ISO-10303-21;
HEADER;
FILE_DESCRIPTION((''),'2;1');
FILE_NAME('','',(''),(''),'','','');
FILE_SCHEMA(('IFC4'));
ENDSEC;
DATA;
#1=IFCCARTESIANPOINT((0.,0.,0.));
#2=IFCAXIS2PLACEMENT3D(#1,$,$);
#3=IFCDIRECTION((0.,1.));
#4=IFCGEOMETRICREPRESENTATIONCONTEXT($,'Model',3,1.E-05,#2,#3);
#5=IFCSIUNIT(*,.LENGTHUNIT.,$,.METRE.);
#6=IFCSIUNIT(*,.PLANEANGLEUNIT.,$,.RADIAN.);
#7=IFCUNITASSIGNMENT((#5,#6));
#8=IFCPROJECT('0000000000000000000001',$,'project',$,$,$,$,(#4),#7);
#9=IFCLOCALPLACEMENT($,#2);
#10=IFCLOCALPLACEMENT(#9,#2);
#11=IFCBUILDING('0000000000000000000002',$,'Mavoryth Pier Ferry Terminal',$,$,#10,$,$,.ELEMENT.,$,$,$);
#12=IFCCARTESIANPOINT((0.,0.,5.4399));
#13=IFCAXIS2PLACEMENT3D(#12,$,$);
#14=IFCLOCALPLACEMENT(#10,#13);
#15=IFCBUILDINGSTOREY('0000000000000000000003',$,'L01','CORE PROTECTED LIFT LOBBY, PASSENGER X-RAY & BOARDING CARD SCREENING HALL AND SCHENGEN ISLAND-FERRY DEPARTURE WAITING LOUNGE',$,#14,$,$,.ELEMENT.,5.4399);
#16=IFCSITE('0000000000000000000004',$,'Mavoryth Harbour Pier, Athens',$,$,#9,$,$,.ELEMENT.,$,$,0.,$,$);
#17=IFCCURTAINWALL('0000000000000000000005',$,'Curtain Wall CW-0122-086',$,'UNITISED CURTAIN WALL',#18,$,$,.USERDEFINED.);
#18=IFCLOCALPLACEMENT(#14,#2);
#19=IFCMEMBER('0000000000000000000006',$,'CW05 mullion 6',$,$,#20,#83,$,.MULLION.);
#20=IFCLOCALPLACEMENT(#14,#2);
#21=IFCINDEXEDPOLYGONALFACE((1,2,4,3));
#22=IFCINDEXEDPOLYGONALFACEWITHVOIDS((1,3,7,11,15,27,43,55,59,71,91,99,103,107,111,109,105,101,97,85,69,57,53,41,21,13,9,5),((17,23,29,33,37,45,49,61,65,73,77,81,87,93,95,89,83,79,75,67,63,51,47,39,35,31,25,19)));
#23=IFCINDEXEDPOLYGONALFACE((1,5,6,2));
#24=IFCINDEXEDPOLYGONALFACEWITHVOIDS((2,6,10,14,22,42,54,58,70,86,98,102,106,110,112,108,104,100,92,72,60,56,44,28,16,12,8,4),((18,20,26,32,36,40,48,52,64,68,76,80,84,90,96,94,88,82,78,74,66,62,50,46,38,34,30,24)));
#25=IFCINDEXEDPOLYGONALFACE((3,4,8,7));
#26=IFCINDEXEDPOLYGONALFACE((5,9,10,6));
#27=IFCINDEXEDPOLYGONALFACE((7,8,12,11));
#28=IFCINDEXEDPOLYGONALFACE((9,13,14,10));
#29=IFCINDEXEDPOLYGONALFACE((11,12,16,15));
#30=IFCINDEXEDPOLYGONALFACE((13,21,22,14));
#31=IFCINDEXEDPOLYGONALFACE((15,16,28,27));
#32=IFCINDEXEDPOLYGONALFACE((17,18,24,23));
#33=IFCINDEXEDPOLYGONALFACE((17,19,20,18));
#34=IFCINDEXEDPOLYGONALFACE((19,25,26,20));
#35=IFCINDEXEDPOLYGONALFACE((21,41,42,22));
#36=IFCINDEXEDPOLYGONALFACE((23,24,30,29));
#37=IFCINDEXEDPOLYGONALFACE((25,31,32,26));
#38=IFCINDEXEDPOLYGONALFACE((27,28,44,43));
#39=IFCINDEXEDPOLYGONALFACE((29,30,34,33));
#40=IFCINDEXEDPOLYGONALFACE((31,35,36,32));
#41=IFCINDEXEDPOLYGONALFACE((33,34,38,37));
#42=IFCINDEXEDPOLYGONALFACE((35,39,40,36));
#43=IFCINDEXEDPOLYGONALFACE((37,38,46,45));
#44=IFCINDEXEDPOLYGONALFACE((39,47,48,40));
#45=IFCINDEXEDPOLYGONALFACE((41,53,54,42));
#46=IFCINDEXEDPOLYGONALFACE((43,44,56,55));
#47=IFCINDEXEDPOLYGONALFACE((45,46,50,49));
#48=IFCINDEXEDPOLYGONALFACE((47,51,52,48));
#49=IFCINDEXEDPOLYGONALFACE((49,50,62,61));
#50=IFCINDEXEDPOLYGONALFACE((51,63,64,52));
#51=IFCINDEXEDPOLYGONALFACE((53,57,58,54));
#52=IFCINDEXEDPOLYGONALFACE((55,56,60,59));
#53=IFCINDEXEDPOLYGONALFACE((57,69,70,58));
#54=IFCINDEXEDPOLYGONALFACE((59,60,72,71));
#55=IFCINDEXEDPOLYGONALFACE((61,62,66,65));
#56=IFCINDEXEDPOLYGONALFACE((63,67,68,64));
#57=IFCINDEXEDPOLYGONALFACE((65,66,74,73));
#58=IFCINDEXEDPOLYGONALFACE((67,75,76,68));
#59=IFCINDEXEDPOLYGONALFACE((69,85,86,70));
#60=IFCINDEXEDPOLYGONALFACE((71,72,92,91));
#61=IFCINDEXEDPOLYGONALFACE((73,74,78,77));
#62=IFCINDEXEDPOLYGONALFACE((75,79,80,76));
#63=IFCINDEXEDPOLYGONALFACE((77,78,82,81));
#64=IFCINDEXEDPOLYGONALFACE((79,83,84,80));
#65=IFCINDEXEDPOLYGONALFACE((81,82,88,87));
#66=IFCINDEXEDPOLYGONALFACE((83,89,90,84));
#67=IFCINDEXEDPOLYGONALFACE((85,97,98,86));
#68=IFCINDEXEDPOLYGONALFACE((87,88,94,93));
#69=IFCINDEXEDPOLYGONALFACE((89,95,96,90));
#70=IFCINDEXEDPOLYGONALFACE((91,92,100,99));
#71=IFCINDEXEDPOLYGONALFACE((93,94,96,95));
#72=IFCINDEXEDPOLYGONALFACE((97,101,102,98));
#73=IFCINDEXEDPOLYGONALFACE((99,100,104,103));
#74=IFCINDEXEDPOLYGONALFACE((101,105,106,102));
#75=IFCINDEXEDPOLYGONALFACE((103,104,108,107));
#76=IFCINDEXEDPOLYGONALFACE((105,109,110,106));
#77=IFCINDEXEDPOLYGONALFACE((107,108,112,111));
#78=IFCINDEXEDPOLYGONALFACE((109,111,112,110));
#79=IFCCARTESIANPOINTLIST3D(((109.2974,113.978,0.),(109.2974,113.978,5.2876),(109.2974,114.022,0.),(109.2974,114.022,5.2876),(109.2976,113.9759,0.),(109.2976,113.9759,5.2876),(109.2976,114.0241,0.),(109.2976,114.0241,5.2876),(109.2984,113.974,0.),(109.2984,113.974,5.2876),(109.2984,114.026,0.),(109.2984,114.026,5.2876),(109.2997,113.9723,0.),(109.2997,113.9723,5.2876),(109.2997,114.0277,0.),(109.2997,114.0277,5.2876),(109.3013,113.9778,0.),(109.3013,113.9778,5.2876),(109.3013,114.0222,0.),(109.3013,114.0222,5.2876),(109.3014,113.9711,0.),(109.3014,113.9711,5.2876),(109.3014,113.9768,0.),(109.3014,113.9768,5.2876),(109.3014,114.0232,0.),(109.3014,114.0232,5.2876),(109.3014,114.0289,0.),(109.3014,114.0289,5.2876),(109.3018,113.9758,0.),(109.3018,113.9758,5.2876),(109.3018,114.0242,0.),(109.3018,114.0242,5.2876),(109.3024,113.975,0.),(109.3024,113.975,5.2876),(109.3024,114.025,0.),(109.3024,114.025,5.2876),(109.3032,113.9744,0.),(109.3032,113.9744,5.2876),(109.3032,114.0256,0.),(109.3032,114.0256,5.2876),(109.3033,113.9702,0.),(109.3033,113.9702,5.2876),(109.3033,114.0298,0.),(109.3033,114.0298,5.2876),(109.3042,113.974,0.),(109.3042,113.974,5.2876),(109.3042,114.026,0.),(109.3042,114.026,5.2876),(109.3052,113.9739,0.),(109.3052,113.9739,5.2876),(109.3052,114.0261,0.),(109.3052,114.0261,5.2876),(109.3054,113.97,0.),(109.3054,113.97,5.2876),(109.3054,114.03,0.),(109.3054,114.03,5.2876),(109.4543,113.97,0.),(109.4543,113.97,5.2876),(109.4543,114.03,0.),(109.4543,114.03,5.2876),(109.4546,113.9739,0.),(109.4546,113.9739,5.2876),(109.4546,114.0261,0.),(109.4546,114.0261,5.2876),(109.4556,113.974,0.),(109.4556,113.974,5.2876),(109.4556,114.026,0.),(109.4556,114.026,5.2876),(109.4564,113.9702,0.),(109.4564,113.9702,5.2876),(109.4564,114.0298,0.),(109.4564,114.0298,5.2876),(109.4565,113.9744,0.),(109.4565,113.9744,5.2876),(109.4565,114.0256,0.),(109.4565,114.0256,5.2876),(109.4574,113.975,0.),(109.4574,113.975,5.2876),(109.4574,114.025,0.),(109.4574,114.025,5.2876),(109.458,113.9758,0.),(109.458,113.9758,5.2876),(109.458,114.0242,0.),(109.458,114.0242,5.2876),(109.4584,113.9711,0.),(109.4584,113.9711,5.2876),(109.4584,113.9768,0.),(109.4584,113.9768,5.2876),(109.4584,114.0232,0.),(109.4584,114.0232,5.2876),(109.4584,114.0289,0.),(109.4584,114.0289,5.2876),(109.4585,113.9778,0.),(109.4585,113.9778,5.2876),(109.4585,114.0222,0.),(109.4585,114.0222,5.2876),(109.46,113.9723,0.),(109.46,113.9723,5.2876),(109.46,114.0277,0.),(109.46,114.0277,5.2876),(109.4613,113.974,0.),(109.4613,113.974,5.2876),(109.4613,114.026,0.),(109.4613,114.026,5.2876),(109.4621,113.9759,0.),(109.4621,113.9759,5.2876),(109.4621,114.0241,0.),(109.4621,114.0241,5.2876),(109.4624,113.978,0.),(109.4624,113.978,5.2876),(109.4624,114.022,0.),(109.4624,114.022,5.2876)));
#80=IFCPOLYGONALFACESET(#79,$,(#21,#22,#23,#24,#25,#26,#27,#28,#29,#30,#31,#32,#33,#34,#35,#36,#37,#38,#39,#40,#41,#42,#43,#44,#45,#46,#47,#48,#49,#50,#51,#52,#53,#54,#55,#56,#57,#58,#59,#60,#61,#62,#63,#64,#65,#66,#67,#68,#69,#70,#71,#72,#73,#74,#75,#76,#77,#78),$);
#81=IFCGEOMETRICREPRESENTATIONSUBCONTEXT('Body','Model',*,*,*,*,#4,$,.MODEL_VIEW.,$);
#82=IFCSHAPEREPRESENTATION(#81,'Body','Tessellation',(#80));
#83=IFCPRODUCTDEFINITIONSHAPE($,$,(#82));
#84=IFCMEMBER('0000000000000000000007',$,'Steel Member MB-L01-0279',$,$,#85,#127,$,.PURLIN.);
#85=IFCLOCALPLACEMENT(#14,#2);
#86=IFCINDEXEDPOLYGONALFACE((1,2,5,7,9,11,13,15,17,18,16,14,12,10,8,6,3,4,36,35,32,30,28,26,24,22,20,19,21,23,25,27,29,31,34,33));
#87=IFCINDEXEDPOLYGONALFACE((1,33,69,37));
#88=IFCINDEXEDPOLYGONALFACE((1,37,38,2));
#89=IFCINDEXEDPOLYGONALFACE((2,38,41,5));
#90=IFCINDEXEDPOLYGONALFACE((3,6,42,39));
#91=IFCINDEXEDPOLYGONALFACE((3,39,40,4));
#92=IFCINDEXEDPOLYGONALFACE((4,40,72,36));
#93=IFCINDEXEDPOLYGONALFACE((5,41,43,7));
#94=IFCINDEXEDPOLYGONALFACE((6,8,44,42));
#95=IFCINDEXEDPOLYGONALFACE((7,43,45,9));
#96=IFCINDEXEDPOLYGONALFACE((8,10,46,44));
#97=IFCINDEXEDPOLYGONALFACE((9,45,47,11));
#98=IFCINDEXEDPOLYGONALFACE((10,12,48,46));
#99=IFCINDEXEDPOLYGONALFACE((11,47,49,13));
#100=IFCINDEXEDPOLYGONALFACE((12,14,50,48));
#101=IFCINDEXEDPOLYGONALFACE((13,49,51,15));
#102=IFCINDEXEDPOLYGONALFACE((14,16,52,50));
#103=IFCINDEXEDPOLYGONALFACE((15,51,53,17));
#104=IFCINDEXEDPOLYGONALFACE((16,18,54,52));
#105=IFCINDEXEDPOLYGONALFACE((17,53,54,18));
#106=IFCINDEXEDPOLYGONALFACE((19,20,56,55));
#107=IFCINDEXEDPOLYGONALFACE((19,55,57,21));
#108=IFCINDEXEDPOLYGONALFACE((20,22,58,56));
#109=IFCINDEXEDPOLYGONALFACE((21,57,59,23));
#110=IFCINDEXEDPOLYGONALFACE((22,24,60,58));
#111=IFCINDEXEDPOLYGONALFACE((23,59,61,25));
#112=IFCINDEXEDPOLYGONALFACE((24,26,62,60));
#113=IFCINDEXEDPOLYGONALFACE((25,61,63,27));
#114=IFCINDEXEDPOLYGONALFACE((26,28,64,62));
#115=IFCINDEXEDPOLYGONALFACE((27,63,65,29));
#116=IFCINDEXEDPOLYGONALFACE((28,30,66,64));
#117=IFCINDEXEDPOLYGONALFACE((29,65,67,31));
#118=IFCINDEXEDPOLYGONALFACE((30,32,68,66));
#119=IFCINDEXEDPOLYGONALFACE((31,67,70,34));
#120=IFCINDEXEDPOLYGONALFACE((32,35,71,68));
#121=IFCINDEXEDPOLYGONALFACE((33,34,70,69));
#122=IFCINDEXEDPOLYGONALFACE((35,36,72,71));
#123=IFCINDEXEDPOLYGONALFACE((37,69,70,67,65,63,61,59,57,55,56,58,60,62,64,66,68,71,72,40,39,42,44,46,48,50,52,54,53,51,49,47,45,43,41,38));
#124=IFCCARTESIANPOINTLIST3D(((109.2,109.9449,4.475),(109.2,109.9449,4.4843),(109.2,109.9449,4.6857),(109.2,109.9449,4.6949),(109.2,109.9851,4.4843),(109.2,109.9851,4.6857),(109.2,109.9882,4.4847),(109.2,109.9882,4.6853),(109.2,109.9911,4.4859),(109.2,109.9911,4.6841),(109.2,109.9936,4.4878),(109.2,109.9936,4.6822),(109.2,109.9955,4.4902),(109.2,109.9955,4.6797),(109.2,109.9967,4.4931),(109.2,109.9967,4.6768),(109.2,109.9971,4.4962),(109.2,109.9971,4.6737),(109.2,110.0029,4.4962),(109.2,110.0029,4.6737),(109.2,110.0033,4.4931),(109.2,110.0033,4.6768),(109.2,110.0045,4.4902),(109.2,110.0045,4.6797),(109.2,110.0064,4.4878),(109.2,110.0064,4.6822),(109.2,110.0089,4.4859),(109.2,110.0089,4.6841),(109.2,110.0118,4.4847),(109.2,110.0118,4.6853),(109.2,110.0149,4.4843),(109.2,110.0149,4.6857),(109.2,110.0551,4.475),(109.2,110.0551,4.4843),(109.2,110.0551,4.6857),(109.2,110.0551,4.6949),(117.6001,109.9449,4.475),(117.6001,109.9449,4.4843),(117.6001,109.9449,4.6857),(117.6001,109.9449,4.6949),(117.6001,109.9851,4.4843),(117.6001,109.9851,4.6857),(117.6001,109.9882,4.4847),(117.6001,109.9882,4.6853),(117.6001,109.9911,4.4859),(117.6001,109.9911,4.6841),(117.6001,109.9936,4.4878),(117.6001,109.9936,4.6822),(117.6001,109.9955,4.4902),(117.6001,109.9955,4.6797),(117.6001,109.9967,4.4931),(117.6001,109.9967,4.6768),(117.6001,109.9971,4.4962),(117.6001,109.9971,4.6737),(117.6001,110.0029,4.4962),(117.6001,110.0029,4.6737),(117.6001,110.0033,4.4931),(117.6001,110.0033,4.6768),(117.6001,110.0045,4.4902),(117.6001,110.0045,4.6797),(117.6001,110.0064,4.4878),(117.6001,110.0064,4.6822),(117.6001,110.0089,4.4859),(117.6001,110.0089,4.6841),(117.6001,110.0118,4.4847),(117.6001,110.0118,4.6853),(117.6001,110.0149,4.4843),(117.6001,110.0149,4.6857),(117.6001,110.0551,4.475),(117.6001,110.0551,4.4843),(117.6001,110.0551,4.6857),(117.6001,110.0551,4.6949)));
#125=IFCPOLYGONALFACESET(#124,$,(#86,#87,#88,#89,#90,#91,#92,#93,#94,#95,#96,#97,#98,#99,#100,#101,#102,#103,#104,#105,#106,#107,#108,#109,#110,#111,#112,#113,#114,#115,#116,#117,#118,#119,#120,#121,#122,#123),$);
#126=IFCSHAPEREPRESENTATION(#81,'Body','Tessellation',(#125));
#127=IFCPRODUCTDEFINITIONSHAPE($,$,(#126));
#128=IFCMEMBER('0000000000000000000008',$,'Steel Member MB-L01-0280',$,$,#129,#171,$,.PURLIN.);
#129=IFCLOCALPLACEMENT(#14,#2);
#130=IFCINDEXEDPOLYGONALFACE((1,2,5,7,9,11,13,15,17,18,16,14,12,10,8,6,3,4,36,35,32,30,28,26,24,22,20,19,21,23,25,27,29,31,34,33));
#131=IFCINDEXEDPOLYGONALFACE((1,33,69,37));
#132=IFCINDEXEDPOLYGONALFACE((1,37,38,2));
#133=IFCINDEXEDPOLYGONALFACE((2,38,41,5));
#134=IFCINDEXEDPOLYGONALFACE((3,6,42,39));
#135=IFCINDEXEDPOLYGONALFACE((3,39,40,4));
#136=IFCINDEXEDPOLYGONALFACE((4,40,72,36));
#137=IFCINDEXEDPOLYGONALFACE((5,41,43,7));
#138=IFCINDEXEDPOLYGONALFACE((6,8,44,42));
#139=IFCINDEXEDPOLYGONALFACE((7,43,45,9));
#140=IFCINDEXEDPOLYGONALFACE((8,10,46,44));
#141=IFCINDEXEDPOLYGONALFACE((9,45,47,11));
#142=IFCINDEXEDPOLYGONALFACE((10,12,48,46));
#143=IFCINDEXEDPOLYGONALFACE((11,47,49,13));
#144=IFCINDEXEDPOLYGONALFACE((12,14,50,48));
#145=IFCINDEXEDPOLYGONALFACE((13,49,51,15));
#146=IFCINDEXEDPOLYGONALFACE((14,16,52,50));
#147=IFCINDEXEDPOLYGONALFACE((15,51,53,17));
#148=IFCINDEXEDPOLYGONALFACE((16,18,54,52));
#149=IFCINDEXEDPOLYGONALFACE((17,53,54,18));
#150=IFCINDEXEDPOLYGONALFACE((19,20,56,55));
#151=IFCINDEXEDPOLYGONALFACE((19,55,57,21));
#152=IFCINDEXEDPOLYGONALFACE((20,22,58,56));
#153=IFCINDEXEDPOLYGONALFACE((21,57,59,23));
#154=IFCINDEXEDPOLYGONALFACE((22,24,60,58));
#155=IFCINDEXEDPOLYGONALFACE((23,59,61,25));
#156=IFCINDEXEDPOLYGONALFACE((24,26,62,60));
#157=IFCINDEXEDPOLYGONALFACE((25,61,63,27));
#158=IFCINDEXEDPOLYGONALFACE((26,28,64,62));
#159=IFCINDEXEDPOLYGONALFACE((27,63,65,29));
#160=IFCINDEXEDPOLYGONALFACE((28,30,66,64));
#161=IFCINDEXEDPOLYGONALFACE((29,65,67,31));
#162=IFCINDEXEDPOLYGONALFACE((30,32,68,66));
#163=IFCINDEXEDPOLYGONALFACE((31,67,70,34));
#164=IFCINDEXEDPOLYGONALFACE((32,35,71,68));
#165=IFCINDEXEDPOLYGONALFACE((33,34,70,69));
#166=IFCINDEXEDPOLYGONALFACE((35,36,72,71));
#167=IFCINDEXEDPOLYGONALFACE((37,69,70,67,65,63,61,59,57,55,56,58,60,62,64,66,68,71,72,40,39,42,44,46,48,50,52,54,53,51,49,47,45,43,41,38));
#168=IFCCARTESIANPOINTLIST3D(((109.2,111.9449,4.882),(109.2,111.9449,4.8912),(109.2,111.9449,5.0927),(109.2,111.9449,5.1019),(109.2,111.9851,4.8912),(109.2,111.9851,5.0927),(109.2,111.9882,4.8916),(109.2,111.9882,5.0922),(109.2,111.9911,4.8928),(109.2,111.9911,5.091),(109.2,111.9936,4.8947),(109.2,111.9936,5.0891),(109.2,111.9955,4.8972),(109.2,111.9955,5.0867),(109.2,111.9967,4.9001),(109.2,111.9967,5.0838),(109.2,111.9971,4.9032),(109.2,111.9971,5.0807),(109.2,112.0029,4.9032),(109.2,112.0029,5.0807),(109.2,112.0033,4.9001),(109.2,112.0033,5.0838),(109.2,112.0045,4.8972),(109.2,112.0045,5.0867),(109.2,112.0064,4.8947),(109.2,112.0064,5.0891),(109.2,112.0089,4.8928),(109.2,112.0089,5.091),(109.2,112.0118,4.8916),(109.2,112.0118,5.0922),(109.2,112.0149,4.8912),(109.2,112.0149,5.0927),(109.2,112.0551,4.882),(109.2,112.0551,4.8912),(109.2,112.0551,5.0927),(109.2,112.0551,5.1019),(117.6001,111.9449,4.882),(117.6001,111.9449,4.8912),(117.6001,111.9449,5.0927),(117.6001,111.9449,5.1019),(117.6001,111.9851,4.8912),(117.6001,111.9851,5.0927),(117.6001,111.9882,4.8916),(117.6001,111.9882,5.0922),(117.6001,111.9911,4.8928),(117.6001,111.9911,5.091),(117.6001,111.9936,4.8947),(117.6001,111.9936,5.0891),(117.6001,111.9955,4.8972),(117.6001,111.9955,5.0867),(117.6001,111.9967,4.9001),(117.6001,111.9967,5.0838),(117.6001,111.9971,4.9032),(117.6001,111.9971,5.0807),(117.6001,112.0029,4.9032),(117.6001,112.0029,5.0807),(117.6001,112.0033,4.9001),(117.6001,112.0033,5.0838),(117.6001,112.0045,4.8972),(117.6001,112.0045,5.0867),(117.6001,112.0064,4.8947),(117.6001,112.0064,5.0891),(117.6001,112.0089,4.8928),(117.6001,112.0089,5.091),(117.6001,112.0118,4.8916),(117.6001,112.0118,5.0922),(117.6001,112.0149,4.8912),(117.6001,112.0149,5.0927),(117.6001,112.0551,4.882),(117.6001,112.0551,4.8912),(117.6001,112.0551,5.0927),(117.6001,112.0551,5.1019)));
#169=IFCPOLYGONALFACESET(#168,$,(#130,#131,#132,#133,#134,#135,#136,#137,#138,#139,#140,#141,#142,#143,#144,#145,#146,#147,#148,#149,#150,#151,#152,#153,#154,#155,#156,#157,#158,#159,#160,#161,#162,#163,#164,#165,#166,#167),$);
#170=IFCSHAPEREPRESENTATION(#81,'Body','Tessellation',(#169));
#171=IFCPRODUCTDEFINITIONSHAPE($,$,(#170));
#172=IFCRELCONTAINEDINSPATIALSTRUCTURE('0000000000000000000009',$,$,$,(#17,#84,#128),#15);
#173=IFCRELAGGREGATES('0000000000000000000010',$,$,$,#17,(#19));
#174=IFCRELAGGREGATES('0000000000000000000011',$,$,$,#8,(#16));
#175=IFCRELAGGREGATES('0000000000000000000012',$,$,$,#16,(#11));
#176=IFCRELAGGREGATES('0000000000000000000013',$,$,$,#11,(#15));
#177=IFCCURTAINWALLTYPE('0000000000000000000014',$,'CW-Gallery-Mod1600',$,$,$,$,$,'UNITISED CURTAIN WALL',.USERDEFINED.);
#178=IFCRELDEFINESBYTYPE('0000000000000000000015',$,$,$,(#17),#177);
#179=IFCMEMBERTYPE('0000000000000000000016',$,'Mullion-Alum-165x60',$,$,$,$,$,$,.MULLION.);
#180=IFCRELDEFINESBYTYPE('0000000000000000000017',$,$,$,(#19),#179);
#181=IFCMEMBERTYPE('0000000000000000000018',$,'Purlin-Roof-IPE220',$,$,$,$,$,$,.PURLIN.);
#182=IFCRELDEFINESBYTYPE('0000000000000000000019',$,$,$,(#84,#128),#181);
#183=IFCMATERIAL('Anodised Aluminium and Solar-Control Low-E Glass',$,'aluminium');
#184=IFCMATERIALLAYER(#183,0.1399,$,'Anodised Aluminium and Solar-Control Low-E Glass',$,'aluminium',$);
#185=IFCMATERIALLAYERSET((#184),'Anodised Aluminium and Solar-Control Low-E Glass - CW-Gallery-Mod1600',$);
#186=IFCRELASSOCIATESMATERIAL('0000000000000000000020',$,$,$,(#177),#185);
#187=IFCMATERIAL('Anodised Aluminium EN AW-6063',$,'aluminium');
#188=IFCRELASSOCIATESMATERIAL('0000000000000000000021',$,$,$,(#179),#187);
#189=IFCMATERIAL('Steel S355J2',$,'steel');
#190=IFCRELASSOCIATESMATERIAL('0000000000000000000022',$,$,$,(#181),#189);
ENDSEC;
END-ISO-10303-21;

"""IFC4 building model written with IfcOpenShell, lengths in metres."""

from ifc_helpers import new_model, si_unit, direction, frame, origin, origin_2d, place, context, subcontext, project, spatial, hollow_rectangle, i_section, extrude, material, layer, layer_set, material_profile, profile_set, type_object, element, aggregate, save


model = new_model("IFC4")

# Units and contexts
model_context = context("Model", 3, precision=1e-05, world=origin(), true_north=direction((0.0, 1.0)))
body_context = subcontext(model_context, "Body", "Model", "MODEL_VIEW")
ifc_project = project(units=[si_unit("LENGTHUNIT", "METRE"), si_unit("PLANEANGLEUNIT", "RADIAN")], contexts=[model_context])

# Site, building, storey
site_placement = place(None, origin())
site = spatial("IfcSite", under=ifc_project, at=site_placement, Name="Mavoryth Harbour Pier, Athens", CompositionType="ELEMENT", RefElevation=0.0)
building_placement = place(site_placement, origin())
building = spatial("IfcBuilding", under=site, at=building_placement, Name="Mavoryth Pier Ferry Terminal", CompositionType="ELEMENT")
storey_placement = place(building_placement, frame((0.0, 0.0, 5.4399)))
storey = spatial("IfcBuildingStorey", under=building, at=storey_placement, Name="L01", Description="CORE PROTECTED LIFT LOBBY, PASSENGER X-RAY & BOARDING CARD SCREENING HALL AND SCHENGEN ISLAND-FERRY DEPARTURE WAITING LOUNGE", CompositionType="ELEMENT", Elevation=5.4399)

# Shared definitions
ifc_material_1 = material(Name="Steel S355J2", Category="steel")

# Curtain wall, member
ifc_material_2 = material(Name="Anodised Aluminium and Solar-Control Low-E Glass", Category="aluminium")
ifc_layer_1 = layer(ifc_material_2, 0.1399, Name="Anodised Aluminium and Solar-Control Low-E Glass", Category="aluminium")
ifc_layer_set_1 = layer_set([ifc_layer_1], Name="Anodised Aluminium and Solar-Control Low-E Glass - CW-Gallery-Mod1600")
curtain_wall_type = type_object("IfcCurtainWallType", Name="CW-Gallery-Mod1600", ElementType="UNITISED CURTAIN WALL", PredefinedType="USERDEFINED", material=ifc_layer_set_1)
ifc_material_3 = material(Name="Anodised Aluminium EN AW-6063", Category="aluminium")
ifc_material_profile_1 = material_profile(ifc_material_3, hollow_rectangle(XDim=0.0601, YDim=0.165, WallThickness=0.0039, InnerFilletRadius=0.0039, OuterFilletRadius=0.0081, at=origin_2d()), Name="AL-MULL 165x60x4", Category="aluminium")
ifc_profile_set_1 = profile_set([ifc_material_profile_1], Name="Anodised Aluminium EN AW-6063 - AL-MULL 165x60x4")
member_type_1 = type_object("IfcMemberType", Name="Mullion-Alum-165x60", PredefinedType="MULLION", material=ifc_profile_set_1)
curtain_wall_1_placement = place(storey_placement, origin())
curtain_wall_1 = element("IfcCurtainWall", 1, at=curtain_wall_1_placement, inside=storey, type_object=curtain_wall_type, Name="Curtain Wall CW-0122-086", ObjectType="UNITISED CURTAIN WALL", PredefinedType="USERDEFINED")
member_1_placement = place(storey_placement, frame((109.3799, 114.0, 0.0), z_axis=(0.0, 0.0, 1.0), x_axis=(0.0, -1.0, 0.0)))
member_1 = element("IfcMember", 2, at=member_1_placement, type_object=member_type_1, Name="CW05 mullion 6", PredefinedType="MULLION", context=body_context, shape_type="SweptSolid", body=[
    extrude(hollow_rectangle(XDim=0.0601, YDim=0.165, WallThickness=0.0039, InnerFilletRadius=0.0039, OuterFilletRadius=0.0081, at=origin_2d()), origin(), (0.0, 0.0, 1.0), 5.2876),
])

# Members
ifc_material_profile_2 = material_profile(ifc_material_1, i_section(OverallWidth=0.1101, OverallDepth=0.22, WebThickness=0.0059, FlangeThickness=0.0093, FilletRadius=0.012, at=origin_2d()), Name="IPE 220", Category="steel")
ifc_profile_set_2 = profile_set([ifc_material_profile_2], Name="Steel S355J2 - IPE 220")
member_type_2 = type_object("IfcMemberType", Name="Purlin-Roof-IPE220", PredefinedType="PURLIN", material=ifc_profile_set_2)
for number, where, z_axis, x_axis, name in (
    (3, (109.2, 110.0, 4.585), (1.0, 0.0, 0.0), (0.0, 1.0, 0.0), "Steel Member MB-L01-0279"),
    (4, (109.2, 112.0, 4.9919), (1.0, 0.0, 0.0), (0.0, 1.0, 0.0), "Steel Member MB-L01-0280"),
):
    element("IfcMember", number, at=place(storey_placement, frame(where, z_axis=z_axis, x_axis=x_axis)), inside=storey, type_object=member_type_2, Name=name, PredefinedType="PURLIN", context=body_context, shape_type="SweptSolid", body=[
        extrude(i_section(OverallWidth=0.1101, OverallDepth=0.22, WebThickness=0.0059, FlangeThickness=0.0093, FilletRadius=0.012, at=origin_2d()), origin(), (0.0, 0.0, 1.0), 8.4001),
    ])

aggregate(curtain_wall_1, [member_1])

save(model, "model.ifc")
